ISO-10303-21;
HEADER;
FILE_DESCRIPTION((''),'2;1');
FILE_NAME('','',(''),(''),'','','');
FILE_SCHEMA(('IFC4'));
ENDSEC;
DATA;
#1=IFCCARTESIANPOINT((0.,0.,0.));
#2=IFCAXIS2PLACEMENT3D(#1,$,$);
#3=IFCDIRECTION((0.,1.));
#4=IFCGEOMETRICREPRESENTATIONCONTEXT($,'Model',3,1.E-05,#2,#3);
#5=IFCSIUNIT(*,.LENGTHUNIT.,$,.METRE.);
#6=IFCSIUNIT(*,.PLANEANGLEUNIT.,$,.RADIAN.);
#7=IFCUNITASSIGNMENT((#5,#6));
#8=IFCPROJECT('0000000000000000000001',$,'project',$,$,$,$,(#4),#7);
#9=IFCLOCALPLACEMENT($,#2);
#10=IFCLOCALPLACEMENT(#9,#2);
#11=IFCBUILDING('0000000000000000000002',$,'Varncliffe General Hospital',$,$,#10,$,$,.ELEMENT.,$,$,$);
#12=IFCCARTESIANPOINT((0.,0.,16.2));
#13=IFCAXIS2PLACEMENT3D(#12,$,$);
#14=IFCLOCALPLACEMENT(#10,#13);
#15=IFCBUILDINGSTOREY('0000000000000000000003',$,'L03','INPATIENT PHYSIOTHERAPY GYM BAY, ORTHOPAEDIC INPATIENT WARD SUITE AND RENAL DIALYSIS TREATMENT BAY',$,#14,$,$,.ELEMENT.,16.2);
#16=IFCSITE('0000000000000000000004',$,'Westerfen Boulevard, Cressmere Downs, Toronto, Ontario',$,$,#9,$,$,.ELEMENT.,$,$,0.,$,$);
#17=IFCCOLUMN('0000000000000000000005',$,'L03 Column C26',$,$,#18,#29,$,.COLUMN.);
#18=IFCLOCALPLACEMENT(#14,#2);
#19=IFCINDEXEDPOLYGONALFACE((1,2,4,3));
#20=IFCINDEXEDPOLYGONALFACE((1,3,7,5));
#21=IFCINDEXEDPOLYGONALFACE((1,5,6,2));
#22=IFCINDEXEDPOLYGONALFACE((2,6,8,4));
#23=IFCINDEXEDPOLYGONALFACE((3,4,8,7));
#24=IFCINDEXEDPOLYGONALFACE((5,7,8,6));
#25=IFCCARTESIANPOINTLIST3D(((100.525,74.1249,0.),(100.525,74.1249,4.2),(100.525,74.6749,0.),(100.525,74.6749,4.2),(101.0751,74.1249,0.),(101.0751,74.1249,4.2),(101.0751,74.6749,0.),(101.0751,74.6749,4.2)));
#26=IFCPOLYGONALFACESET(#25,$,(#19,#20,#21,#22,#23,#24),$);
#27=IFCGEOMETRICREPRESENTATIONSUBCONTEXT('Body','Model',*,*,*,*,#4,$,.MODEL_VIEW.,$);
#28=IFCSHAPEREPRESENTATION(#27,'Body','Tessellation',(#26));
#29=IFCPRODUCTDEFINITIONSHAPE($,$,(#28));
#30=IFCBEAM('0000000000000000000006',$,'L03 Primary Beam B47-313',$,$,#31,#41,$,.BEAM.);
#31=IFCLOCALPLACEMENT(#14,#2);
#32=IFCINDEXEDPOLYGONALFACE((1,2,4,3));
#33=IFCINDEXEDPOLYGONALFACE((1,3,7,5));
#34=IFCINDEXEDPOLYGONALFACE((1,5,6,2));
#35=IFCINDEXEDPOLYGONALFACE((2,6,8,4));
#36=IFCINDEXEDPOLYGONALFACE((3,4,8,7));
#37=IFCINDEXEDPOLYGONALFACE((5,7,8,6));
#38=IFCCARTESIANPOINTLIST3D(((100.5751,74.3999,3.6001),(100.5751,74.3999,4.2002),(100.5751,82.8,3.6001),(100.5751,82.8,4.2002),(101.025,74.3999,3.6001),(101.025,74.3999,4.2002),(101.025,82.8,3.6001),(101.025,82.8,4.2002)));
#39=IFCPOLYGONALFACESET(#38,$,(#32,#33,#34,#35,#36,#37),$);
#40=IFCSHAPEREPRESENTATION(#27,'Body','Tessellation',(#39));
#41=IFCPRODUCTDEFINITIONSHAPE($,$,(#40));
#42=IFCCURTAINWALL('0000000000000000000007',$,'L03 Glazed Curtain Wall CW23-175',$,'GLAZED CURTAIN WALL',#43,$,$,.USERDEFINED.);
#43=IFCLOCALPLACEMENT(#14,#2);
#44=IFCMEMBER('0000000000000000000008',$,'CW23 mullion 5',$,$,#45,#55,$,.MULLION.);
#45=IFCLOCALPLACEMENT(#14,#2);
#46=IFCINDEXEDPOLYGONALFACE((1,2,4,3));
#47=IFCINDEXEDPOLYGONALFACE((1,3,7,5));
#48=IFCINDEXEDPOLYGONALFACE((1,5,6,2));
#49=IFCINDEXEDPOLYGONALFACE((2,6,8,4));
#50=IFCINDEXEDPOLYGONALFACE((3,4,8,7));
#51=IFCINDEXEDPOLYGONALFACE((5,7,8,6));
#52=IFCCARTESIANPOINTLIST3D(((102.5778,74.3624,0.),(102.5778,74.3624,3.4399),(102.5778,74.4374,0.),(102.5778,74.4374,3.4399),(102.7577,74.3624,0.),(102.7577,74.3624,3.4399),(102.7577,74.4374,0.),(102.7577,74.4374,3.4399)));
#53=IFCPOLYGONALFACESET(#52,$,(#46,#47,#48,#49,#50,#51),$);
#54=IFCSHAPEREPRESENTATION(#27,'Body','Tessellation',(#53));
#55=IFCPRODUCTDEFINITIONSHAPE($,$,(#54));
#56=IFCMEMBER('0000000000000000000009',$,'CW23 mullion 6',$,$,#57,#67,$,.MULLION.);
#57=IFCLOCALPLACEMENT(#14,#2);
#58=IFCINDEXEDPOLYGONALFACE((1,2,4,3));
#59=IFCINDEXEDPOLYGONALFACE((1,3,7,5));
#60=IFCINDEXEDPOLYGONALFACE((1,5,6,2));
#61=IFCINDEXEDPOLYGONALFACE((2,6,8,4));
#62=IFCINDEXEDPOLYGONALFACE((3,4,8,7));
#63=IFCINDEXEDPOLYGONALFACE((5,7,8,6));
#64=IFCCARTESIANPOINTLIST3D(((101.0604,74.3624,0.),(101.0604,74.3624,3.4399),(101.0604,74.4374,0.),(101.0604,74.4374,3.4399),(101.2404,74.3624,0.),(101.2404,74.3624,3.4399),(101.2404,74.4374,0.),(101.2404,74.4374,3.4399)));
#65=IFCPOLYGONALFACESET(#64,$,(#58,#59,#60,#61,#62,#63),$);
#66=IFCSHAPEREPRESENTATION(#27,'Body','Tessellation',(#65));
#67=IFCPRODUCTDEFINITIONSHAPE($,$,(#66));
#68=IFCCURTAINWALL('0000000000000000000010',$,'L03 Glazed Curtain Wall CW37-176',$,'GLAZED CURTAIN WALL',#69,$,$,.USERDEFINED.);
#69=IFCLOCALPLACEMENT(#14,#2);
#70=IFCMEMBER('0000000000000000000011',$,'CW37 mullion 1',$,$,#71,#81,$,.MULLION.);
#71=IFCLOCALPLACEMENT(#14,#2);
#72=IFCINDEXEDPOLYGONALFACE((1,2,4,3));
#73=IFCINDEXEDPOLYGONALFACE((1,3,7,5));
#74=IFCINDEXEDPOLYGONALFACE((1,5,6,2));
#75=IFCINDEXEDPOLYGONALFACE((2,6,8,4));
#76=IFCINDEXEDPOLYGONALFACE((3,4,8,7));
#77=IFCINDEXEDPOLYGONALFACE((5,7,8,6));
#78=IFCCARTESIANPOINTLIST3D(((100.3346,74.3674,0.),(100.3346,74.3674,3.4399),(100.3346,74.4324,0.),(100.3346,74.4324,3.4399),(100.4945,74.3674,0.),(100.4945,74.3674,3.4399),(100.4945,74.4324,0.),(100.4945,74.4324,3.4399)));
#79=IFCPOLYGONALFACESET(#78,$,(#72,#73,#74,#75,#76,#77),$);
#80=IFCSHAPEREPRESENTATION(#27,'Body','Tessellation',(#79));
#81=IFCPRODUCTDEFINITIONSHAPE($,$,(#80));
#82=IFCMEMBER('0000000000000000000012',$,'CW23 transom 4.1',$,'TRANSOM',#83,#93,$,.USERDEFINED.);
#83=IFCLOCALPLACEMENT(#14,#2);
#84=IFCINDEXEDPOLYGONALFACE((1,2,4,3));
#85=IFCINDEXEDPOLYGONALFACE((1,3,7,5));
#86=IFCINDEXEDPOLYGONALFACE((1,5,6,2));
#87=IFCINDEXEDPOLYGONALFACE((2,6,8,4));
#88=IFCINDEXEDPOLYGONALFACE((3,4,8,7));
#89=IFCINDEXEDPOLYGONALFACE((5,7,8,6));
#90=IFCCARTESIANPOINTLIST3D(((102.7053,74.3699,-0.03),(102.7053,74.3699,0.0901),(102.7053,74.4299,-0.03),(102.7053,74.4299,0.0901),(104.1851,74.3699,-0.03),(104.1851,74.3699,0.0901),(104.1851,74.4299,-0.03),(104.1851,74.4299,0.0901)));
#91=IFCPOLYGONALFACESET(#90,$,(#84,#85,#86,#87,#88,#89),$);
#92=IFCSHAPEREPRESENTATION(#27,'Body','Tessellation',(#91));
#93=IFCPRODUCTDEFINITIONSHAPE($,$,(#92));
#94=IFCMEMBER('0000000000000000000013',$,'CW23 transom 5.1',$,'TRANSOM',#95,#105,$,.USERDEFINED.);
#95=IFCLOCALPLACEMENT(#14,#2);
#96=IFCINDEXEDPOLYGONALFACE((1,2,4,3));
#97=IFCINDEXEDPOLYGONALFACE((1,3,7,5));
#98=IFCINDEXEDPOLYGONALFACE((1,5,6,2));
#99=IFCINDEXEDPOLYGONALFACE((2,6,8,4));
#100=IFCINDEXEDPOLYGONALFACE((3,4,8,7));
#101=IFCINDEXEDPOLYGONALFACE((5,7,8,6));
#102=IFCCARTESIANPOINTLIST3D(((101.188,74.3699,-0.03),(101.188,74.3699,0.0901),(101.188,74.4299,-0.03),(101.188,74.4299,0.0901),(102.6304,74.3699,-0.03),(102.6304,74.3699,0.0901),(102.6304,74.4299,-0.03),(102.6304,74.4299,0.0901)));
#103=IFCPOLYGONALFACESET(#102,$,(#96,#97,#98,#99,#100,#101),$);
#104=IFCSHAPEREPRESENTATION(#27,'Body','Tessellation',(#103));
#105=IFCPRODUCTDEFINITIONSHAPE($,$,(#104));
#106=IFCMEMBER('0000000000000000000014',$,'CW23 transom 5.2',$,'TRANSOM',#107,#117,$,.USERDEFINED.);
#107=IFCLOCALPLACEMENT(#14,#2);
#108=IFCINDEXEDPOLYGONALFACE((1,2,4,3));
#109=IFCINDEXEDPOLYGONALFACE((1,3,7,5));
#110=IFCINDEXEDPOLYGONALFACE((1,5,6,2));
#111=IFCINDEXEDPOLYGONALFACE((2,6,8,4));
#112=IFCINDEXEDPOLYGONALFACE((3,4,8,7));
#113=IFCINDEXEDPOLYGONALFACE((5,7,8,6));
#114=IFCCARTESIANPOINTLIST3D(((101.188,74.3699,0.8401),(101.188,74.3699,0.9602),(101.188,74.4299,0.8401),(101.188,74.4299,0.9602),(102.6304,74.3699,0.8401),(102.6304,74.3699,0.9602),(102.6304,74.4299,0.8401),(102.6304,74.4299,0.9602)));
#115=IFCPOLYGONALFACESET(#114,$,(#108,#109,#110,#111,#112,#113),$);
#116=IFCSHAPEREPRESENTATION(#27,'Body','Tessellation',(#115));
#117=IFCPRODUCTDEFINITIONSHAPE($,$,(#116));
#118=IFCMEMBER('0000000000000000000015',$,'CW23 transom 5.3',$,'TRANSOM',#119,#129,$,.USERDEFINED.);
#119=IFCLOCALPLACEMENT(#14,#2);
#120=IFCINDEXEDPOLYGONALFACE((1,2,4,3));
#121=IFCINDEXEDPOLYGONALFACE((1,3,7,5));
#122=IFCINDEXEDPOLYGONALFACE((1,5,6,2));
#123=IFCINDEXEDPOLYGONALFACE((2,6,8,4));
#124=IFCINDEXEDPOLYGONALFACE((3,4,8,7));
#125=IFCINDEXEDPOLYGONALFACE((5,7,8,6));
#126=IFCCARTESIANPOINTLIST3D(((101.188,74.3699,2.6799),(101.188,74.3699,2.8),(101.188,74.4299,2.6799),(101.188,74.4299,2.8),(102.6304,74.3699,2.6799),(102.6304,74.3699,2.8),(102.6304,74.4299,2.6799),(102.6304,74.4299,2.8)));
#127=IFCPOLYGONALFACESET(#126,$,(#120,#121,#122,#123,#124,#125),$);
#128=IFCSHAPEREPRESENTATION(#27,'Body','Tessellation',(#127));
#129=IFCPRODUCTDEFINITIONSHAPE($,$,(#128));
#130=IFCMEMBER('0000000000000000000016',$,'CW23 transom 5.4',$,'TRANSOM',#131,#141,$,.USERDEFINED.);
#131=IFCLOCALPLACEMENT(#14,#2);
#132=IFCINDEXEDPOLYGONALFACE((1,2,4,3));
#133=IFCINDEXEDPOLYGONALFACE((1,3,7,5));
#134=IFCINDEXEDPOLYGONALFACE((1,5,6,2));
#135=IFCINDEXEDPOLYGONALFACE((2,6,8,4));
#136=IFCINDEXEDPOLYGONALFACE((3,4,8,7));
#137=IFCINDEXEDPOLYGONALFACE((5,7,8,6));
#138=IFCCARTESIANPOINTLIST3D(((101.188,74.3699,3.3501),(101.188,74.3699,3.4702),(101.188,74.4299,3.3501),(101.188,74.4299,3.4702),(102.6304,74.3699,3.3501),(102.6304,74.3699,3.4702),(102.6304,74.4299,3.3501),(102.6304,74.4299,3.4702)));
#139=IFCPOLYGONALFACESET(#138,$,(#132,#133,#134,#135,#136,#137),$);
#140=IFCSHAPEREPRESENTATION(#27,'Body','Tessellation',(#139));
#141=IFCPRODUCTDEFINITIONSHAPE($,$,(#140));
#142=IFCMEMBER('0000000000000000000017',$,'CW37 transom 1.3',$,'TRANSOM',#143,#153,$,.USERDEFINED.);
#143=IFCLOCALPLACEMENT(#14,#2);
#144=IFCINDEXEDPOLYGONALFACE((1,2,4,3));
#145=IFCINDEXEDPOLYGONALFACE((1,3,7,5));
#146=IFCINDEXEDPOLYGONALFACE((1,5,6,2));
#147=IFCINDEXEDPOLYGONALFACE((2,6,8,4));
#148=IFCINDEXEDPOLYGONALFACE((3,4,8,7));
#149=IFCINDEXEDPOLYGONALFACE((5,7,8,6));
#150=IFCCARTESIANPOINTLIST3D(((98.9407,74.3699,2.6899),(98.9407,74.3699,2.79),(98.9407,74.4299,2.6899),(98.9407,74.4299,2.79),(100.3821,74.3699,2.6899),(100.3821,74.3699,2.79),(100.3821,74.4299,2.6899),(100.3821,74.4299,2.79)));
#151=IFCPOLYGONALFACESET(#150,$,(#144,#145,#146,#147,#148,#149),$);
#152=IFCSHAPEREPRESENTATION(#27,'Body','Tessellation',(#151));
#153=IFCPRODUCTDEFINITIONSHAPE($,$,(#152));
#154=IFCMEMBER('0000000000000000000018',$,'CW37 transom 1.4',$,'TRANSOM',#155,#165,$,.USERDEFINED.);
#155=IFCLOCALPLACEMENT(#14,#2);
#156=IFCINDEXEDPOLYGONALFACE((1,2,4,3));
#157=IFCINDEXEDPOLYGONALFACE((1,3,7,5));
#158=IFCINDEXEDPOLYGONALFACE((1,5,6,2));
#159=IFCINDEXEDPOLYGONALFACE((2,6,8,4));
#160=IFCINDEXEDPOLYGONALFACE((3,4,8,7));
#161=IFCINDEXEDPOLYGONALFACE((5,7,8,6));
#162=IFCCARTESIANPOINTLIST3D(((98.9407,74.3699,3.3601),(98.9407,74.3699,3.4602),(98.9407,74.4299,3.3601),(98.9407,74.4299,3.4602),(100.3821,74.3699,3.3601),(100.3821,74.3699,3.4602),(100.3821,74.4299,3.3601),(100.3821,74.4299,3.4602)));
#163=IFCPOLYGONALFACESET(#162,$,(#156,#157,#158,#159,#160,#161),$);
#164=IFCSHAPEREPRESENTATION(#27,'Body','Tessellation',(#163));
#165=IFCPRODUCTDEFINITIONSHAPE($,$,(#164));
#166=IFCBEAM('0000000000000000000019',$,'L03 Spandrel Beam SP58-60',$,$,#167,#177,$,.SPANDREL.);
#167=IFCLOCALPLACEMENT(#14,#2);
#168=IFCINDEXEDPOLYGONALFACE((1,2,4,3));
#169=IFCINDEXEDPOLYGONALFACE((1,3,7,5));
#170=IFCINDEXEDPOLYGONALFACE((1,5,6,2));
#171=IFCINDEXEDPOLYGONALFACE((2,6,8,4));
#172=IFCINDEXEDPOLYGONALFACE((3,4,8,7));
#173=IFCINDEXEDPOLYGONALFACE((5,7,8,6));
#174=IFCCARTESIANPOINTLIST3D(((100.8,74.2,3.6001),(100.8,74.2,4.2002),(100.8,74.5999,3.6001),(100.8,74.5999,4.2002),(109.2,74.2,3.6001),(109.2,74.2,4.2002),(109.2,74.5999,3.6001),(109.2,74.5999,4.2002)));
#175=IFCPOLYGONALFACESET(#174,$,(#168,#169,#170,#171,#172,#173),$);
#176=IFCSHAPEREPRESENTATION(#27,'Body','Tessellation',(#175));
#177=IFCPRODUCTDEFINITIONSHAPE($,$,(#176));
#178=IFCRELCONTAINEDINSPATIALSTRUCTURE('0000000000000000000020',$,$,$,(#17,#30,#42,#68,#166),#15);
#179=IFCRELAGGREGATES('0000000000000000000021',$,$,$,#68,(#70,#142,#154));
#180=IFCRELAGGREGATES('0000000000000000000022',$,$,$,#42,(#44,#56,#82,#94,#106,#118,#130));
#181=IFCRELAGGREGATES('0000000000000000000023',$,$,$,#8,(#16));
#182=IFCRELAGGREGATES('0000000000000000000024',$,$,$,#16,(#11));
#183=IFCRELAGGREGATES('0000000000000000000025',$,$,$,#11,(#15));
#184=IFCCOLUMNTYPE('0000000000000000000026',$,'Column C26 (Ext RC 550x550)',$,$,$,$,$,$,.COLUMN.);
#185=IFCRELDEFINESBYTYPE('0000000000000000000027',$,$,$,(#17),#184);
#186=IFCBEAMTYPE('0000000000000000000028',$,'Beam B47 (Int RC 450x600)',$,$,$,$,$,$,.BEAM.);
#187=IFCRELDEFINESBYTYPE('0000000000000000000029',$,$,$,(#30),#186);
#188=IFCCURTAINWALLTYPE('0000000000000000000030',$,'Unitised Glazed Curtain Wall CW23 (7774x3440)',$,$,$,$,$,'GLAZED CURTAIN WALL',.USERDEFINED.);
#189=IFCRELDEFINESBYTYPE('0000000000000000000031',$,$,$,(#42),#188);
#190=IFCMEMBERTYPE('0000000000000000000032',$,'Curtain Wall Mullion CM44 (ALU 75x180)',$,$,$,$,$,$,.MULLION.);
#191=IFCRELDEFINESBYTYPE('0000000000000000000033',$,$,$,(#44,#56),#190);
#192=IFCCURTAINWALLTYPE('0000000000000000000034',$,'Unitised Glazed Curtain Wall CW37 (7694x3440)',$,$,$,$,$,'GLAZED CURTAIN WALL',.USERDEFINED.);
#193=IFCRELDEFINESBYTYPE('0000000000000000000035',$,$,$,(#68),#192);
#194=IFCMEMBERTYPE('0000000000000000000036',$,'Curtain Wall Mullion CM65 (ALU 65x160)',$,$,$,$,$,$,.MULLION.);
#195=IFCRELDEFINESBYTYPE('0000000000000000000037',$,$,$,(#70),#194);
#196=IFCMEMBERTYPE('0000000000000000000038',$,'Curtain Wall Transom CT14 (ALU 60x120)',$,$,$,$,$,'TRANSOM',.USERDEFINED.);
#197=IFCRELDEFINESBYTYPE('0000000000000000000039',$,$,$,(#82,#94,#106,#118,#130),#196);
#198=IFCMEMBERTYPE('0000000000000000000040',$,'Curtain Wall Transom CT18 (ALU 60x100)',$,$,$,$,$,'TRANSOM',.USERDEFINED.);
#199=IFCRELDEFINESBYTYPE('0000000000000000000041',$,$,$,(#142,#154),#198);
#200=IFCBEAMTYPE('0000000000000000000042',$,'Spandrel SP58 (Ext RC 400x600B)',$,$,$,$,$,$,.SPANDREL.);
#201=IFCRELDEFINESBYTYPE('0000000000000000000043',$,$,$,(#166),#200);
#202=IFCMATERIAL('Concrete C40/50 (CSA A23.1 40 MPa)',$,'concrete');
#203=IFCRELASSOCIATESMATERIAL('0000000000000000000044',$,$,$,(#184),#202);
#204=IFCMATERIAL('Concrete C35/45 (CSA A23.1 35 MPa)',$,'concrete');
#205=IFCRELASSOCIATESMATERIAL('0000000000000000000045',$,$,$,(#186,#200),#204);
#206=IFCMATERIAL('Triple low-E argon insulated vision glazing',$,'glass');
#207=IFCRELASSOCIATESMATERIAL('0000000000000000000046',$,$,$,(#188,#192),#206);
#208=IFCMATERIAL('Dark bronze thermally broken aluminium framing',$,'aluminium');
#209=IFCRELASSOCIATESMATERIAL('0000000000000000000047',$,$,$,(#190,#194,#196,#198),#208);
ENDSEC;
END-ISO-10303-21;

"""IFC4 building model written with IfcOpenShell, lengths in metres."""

from ifc_helpers import new_model, si_unit, direction, frame, origin, origin_2d, place, context, subcontext, project, spatial, rectangle, extrude, material, material_profile, profile_set, type_object, element, aggregate, save


model = new_model("IFC4")

# Units and contexts
model_context = context("Model", 3, precision=1e-05, world=origin(), true_north=direction((0.0, 1.0)))
body_context = subcontext(model_context, "Body", "Model", "MODEL_VIEW")
ifc_project = project(units=[si_unit("LENGTHUNIT", "METRE"), si_unit("PLANEANGLEUNIT", "RADIAN")], contexts=[model_context])

# Site, building, storey
site_placement = place(None, origin())
site = spatial("IfcSite", under=ifc_project, at=site_placement, Name="Westerfen Boulevard, Cressmere Downs, Toronto, Ontario", CompositionType="ELEMENT", RefElevation=0.0)
building_placement = place(site_placement, origin())
building = spatial("IfcBuilding", under=site, at=building_placement, Name="Varncliffe General Hospital", CompositionType="ELEMENT")
storey_placement = place(building_placement, frame((0.0, 0.0, 16.2)))
storey = spatial("IfcBuildingStorey", under=building, at=storey_placement, Name="L03", Description="INPATIENT PHYSIOTHERAPY GYM BAY, ORTHOPAEDIC INPATIENT WARD SUITE AND RENAL DIALYSIS TREATMENT BAY", CompositionType="ELEMENT", Elevation=16.2)

# Column
ifc_material_1 = material(Name="Concrete C40/50 (CSA A23.1 40 MPa)", Category="concrete")
ifc_material_profile_1 = material_profile(ifc_material_1, rectangle(XDim=0.55, YDim=0.55, at=origin_2d()), Name="RC 550x550")
ifc_profile_set_1 = profile_set([ifc_material_profile_1], Name="Concrete C40/50 (CSA A23.1 40 MPa)")
column_type = type_object("IfcColumnType", Name="Column C26 (Ext RC 550x550)", PredefinedType="COLUMN", material=ifc_profile_set_1)
column_placement = place(storey_placement, frame((100.8, 74.3999, 0.0), z_axis=(0.0, 0.0, 1.0), x_axis=(1.0, 0.0, 0.0)))
element("IfcColumn", 1, at=column_placement, inside=storey, type_object=column_type, Name="L03 Column C26", PredefinedType="COLUMN", context=body_context, shape_type="SweptSolid", body=[
    extrude(rectangle(XDim=0.55, YDim=0.55, at=origin_2d()), origin(), (0.0, 0.0, 1.0), 4.2),
])

# Beam
ifc_material_2 = material(Name="Concrete C35/45 (CSA A23.1 35 MPa)", Category="concrete")
ifc_material_profile_2 = material_profile(ifc_material_2, rectangle(XDim=0.45, YDim=0.6001, at=origin_2d()), Name="RC 450x600")
ifc_profile_set_2 = profile_set([ifc_material_profile_2], Name="Concrete C35/45 (CSA A23.1 35 MPa)")
beam_type_1 = type_object("IfcBeamType", Name="Beam B47 (Int RC 450x600)", PredefinedType="BEAM", material=ifc_profile_set_2)
beam_1_placement = place(storey_placement, frame((100.8, 74.3999, 3.9001), z_axis=(0.0, 1.0, 0.0), x_axis=(-1.0, 0.0, 0.0)))
element("IfcBeam", 2, at=beam_1_placement, inside=storey, type_object=beam_type_1, Name="L03 Primary Beam B47-313", PredefinedType="BEAM", context=body_context, shape_type="SweptSolid", body=[
    extrude(rectangle(XDim=0.45, YDim=0.6001, at=origin_2d()), origin(), (0.0, 0.0, 1.0), 8.4001),
])

# Curtain wall, members
ifc_material_3 = material(Name="Triple low-E argon insulated vision glazing", Category="glass")
curtain_wall_type_1 = type_object("IfcCurtainWallType", Name="Unitised Glazed Curtain Wall CW23 (7774x3440)", ElementType="GLAZED CURTAIN WALL", PredefinedType="USERDEFINED", material=ifc_material_3)
curtain_wall_1_placement = place(storey_placement, origin())
curtain_wall_1 = element("IfcCurtainWall", 3, at=curtain_wall_1_placement, inside=storey, type_object=curtain_wall_type_1, Name="L03 Glazed Curtain Wall CW23-175", ObjectType="GLAZED CURTAIN WALL", PredefinedType="USERDEFINED")
ifc_material_4 = material(Name="Dark bronze thermally broken aluminium framing", Category="aluminium")
ifc_material_profile_3 = material_profile(ifc_material_4, rectangle(XDim=0.075, YDim=0.1799, at=origin_2d()), Name="ALU 75x180")
ifc_profile_set_3 = profile_set([ifc_material_profile_3], Name="Dark bronze thermally broken aluminium framing")
member_type_1 = type_object("IfcMemberType", Name="Curtain Wall Mullion CM44 (ALU 75x180)", PredefinedType="MULLION", material=ifc_profile_set_3)
member_1_placement = place(storey_placement, frame((102.6677, 74.3999, 0.0), z_axis=(0.0, 0.0, 1.0), x_axis=(0.0, -1.0, 0.0)))
member_1 = element("IfcMember", 4, at=member_1_placement, type_object=member_type_1, Name="CW23 mullion 5", PredefinedType="MULLION", context=body_context, shape_type="SweptSolid", body=[
    extrude(rectangle(XDim=0.075, YDim=0.1799, at=origin_2d()), origin(), (0.0, 0.0, 1.0), 3.4399),
])
member_2_placement = place(storey_placement, frame((101.1504, 74.3999, 0.0), z_axis=(0.0, 0.0, 1.0), x_axis=(0.0, -1.0, 0.0)))
member_2 = element("IfcMember", 5, at=member_2_placement, type_object=member_type_1, Name="CW23 mullion 6", PredefinedType="MULLION", context=body_context, shape_type="SweptSolid", body=[
    extrude(rectangle(XDim=0.075, YDim=0.1799, at=origin_2d()), origin(), (0.0, 0.0, 1.0), 3.4399),
])

# Curtain wall, member
curtain_wall_type_2 = type_object("IfcCurtainWallType", Name="Unitised Glazed Curtain Wall CW37 (7694x3440)", ElementType="GLAZED CURTAIN WALL", PredefinedType="USERDEFINED", material=ifc_material_3)
curtain_wall_2_placement = place(storey_placement, origin())
curtain_wall_2 = element("IfcCurtainWall", 6, at=curtain_wall_2_placement, inside=storey, type_object=curtain_wall_type_2, Name="L03 Glazed Curtain Wall CW37-176", ObjectType="GLAZED CURTAIN WALL", PredefinedType="USERDEFINED")
ifc_material_profile_4 = material_profile(ifc_material_4, rectangle(XDim=0.0649, YDim=0.1599, at=origin_2d()), Name="ALU 65x160")
ifc_profile_set_4 = profile_set([ifc_material_profile_4], Name="Dark bronze thermally broken aluminium framing")
member_type_2 = type_object("IfcMemberType", Name="Curtain Wall Mullion CM65 (ALU 65x160)", PredefinedType="MULLION", material=ifc_profile_set_4)
member_3_placement = place(storey_placement, frame((100.4146, 74.3999, 0.0), z_axis=(0.0, 0.0, 1.0), x_axis=(0.0, -1.0, 0.0)))
member_3 = element("IfcMember", 7, at=member_3_placement, type_object=member_type_2, Name="CW37 mullion 1", PredefinedType="MULLION", context=body_context, shape_type="SweptSolid", body=[
    extrude(rectangle(XDim=0.0649, YDim=0.1599, at=origin_2d()), origin(), (0.0, 0.0, 1.0), 3.4399),
])

# Members
ifc_material_profile_5 = material_profile(ifc_material_4, rectangle(XDim=0.0601, YDim=0.1201, at=origin_2d()), Name="ALU 60x120")
ifc_profile_set_5 = profile_set([ifc_material_profile_5], Name="Dark bronze thermally broken aluminium framing")
member_type_3 = type_object("IfcMemberType", Name="Curtain Wall Transom CT14 (ALU 60x120)", ElementType="TRANSOM", PredefinedType="USERDEFINED", material=ifc_profile_set_5)
member_4_placement = place(storey_placement, frame((104.1851, 74.3999, 0.03), z_axis=(-1.0, 0.0, 0.0), x_axis=(0.0, -1.0, 0.0)))
member_4 = element("IfcMember", 8, at=member_4_placement, type_object=member_type_3, Name="CW23 transom 4.1", ObjectType="TRANSOM", PredefinedType="USERDEFINED", context=body_context, shape_type="SweptSolid", body=[
    extrude(rectangle(XDim=0.0601, YDim=0.1201, at=origin_2d()), origin(), (0.0, 0.0, 1.0), 1.4797),
])
member_5_placement = place(storey_placement, frame((102.6304, 74.3999, 0.03), z_axis=(-1.0, 0.0, 0.0), x_axis=(0.0, -1.0, 0.0)))
member_5 = element("IfcMember", 9, at=member_5_placement, type_object=member_type_3, Name="CW23 transom 5.1", ObjectType="TRANSOM", PredefinedType="USERDEFINED", context=body_context, shape_type="SweptSolid", body=[
    extrude(rectangle(XDim=0.0601, YDim=0.1201, at=origin_2d()), origin(), (0.0, 0.0, 1.0), 1.4424),
])
member_6_placement = place(storey_placement, frame((102.6304, 74.3999, 0.9001), z_axis=(-1.0, 0.0, 0.0), x_axis=(0.0, -1.0, 0.0)))
member_6 = element("IfcMember", 10, at=member_6_placement, type_object=member_type_3, Name="CW23 transom 5.2", ObjectType="TRANSOM", PredefinedType="USERDEFINED", context=body_context, shape_type="SweptSolid", body=[
    extrude(rectangle(XDim=0.0601, YDim=0.1201, at=origin_2d()), origin(), (0.0, 0.0, 1.0), 1.4424),
])
member_7_placement = place(storey_placement, frame((102.6304, 74.3999, 2.74), z_axis=(-1.0, 0.0, 0.0), x_axis=(0.0, -1.0, 0.0)))
member_7 = element("IfcMember", 11, at=member_7_placement, type_object=member_type_3, Name="CW23 transom 5.3", ObjectType="TRANSOM", PredefinedType="USERDEFINED", context=body_context, shape_type="SweptSolid", body=[
    extrude(rectangle(XDim=0.0601, YDim=0.1201, at=origin_2d()), origin(), (0.0, 0.0, 1.0), 1.4424),
])
member_8_placement = place(storey_placement, frame((102.6304, 74.3999, 3.4102), z_axis=(-1.0, 0.0, 0.0), x_axis=(0.0, -1.0, 0.0)))
member_8 = element("IfcMember", 12, at=member_8_placement, type_object=member_type_3, Name="CW23 transom 5.4", ObjectType="TRANSOM", PredefinedType="USERDEFINED", context=body_context, shape_type="SweptSolid", body=[
    extrude(rectangle(XDim=0.0601, YDim=0.1201, at=origin_2d()), origin(), (0.0, 0.0, 1.0), 1.4424),
])
ifc_material_profile_6 = material_profile(ifc_material_4, rectangle(XDim=0.0601, YDim=0.1001, at=origin_2d()), Name="ALU 60x100")
ifc_profile_set_6 = profile_set([ifc_material_profile_6], Name="Dark bronze thermally broken aluminium framing")
member_type_4 = type_object("IfcMemberType", Name="Curtain Wall Transom CT18 (ALU 60x100)", ElementType="TRANSOM", PredefinedType="USERDEFINED", material=ifc_profile_set_6)
member_9_placement = place(storey_placement, frame((100.3821, 74.3999, 2.74), z_axis=(-1.0, 0.0, 0.0), x_axis=(0.0, -1.0, 0.0)))
member_9 = element("IfcMember", 13, at=member_9_placement, type_object=member_type_4, Name="CW37 transom 1.3", ObjectType="TRANSOM", PredefinedType="USERDEFINED", context=body_context, shape_type="SweptSolid", body=[
    extrude(rectangle(XDim=0.0601, YDim=0.1001, at=origin_2d()), origin(), (0.0, 0.0, 1.0), 1.4414),
])
member_10_placement = place(storey_placement, frame((100.3821, 74.3999, 3.4102), z_axis=(-1.0, 0.0, 0.0), x_axis=(0.0, -1.0, 0.0)))
member_10 = element("IfcMember", 14, at=member_10_placement, type_object=member_type_4, Name="CW37 transom 1.4", ObjectType="TRANSOM", PredefinedType="USERDEFINED", context=body_context, shape_type="SweptSolid", body=[
    extrude(rectangle(XDim=0.0601, YDim=0.1001, at=origin_2d()), origin(), (0.0, 0.0, 1.0), 1.4414),
])
aggregate(curtain_wall_2, [member_3, member_9, member_10])

# Beam
ifc_material_profile_7 = material_profile(ifc_material_2, rectangle(XDim=0.3999, YDim=0.6001, at=origin_2d()), Name="RC 400x600")
ifc_profile_set_7 = profile_set([ifc_material_profile_7], Name="Concrete C35/45 (CSA A23.1 35 MPa)")
beam_type_2 = type_object("IfcBeamType", Name="Spandrel SP58 (Ext RC 400x600B)", PredefinedType="SPANDREL", material=ifc_profile_set_7)
beam_2_placement = place(storey_placement, frame((100.8, 74.3999, 3.9001), z_axis=(1.0, 0.0, 0.0), x_axis=(0.0, 1.0, 0.0)))
element("IfcBeam", 15, at=beam_2_placement, inside=storey, type_object=beam_type_2, Name="L03 Spandrel Beam SP58-60", PredefinedType="SPANDREL", context=body_context, shape_type="SweptSolid", body=[
    extrude(rectangle(XDim=0.3999, YDim=0.6001, at=origin_2d()), origin(), (0.0, 0.0, 1.0), 8.3999),
])

aggregate(curtain_wall_1, [member_1, member_2, member_4, member_5, member_6, member_7, member_8])

save(model, "model.ifc")
